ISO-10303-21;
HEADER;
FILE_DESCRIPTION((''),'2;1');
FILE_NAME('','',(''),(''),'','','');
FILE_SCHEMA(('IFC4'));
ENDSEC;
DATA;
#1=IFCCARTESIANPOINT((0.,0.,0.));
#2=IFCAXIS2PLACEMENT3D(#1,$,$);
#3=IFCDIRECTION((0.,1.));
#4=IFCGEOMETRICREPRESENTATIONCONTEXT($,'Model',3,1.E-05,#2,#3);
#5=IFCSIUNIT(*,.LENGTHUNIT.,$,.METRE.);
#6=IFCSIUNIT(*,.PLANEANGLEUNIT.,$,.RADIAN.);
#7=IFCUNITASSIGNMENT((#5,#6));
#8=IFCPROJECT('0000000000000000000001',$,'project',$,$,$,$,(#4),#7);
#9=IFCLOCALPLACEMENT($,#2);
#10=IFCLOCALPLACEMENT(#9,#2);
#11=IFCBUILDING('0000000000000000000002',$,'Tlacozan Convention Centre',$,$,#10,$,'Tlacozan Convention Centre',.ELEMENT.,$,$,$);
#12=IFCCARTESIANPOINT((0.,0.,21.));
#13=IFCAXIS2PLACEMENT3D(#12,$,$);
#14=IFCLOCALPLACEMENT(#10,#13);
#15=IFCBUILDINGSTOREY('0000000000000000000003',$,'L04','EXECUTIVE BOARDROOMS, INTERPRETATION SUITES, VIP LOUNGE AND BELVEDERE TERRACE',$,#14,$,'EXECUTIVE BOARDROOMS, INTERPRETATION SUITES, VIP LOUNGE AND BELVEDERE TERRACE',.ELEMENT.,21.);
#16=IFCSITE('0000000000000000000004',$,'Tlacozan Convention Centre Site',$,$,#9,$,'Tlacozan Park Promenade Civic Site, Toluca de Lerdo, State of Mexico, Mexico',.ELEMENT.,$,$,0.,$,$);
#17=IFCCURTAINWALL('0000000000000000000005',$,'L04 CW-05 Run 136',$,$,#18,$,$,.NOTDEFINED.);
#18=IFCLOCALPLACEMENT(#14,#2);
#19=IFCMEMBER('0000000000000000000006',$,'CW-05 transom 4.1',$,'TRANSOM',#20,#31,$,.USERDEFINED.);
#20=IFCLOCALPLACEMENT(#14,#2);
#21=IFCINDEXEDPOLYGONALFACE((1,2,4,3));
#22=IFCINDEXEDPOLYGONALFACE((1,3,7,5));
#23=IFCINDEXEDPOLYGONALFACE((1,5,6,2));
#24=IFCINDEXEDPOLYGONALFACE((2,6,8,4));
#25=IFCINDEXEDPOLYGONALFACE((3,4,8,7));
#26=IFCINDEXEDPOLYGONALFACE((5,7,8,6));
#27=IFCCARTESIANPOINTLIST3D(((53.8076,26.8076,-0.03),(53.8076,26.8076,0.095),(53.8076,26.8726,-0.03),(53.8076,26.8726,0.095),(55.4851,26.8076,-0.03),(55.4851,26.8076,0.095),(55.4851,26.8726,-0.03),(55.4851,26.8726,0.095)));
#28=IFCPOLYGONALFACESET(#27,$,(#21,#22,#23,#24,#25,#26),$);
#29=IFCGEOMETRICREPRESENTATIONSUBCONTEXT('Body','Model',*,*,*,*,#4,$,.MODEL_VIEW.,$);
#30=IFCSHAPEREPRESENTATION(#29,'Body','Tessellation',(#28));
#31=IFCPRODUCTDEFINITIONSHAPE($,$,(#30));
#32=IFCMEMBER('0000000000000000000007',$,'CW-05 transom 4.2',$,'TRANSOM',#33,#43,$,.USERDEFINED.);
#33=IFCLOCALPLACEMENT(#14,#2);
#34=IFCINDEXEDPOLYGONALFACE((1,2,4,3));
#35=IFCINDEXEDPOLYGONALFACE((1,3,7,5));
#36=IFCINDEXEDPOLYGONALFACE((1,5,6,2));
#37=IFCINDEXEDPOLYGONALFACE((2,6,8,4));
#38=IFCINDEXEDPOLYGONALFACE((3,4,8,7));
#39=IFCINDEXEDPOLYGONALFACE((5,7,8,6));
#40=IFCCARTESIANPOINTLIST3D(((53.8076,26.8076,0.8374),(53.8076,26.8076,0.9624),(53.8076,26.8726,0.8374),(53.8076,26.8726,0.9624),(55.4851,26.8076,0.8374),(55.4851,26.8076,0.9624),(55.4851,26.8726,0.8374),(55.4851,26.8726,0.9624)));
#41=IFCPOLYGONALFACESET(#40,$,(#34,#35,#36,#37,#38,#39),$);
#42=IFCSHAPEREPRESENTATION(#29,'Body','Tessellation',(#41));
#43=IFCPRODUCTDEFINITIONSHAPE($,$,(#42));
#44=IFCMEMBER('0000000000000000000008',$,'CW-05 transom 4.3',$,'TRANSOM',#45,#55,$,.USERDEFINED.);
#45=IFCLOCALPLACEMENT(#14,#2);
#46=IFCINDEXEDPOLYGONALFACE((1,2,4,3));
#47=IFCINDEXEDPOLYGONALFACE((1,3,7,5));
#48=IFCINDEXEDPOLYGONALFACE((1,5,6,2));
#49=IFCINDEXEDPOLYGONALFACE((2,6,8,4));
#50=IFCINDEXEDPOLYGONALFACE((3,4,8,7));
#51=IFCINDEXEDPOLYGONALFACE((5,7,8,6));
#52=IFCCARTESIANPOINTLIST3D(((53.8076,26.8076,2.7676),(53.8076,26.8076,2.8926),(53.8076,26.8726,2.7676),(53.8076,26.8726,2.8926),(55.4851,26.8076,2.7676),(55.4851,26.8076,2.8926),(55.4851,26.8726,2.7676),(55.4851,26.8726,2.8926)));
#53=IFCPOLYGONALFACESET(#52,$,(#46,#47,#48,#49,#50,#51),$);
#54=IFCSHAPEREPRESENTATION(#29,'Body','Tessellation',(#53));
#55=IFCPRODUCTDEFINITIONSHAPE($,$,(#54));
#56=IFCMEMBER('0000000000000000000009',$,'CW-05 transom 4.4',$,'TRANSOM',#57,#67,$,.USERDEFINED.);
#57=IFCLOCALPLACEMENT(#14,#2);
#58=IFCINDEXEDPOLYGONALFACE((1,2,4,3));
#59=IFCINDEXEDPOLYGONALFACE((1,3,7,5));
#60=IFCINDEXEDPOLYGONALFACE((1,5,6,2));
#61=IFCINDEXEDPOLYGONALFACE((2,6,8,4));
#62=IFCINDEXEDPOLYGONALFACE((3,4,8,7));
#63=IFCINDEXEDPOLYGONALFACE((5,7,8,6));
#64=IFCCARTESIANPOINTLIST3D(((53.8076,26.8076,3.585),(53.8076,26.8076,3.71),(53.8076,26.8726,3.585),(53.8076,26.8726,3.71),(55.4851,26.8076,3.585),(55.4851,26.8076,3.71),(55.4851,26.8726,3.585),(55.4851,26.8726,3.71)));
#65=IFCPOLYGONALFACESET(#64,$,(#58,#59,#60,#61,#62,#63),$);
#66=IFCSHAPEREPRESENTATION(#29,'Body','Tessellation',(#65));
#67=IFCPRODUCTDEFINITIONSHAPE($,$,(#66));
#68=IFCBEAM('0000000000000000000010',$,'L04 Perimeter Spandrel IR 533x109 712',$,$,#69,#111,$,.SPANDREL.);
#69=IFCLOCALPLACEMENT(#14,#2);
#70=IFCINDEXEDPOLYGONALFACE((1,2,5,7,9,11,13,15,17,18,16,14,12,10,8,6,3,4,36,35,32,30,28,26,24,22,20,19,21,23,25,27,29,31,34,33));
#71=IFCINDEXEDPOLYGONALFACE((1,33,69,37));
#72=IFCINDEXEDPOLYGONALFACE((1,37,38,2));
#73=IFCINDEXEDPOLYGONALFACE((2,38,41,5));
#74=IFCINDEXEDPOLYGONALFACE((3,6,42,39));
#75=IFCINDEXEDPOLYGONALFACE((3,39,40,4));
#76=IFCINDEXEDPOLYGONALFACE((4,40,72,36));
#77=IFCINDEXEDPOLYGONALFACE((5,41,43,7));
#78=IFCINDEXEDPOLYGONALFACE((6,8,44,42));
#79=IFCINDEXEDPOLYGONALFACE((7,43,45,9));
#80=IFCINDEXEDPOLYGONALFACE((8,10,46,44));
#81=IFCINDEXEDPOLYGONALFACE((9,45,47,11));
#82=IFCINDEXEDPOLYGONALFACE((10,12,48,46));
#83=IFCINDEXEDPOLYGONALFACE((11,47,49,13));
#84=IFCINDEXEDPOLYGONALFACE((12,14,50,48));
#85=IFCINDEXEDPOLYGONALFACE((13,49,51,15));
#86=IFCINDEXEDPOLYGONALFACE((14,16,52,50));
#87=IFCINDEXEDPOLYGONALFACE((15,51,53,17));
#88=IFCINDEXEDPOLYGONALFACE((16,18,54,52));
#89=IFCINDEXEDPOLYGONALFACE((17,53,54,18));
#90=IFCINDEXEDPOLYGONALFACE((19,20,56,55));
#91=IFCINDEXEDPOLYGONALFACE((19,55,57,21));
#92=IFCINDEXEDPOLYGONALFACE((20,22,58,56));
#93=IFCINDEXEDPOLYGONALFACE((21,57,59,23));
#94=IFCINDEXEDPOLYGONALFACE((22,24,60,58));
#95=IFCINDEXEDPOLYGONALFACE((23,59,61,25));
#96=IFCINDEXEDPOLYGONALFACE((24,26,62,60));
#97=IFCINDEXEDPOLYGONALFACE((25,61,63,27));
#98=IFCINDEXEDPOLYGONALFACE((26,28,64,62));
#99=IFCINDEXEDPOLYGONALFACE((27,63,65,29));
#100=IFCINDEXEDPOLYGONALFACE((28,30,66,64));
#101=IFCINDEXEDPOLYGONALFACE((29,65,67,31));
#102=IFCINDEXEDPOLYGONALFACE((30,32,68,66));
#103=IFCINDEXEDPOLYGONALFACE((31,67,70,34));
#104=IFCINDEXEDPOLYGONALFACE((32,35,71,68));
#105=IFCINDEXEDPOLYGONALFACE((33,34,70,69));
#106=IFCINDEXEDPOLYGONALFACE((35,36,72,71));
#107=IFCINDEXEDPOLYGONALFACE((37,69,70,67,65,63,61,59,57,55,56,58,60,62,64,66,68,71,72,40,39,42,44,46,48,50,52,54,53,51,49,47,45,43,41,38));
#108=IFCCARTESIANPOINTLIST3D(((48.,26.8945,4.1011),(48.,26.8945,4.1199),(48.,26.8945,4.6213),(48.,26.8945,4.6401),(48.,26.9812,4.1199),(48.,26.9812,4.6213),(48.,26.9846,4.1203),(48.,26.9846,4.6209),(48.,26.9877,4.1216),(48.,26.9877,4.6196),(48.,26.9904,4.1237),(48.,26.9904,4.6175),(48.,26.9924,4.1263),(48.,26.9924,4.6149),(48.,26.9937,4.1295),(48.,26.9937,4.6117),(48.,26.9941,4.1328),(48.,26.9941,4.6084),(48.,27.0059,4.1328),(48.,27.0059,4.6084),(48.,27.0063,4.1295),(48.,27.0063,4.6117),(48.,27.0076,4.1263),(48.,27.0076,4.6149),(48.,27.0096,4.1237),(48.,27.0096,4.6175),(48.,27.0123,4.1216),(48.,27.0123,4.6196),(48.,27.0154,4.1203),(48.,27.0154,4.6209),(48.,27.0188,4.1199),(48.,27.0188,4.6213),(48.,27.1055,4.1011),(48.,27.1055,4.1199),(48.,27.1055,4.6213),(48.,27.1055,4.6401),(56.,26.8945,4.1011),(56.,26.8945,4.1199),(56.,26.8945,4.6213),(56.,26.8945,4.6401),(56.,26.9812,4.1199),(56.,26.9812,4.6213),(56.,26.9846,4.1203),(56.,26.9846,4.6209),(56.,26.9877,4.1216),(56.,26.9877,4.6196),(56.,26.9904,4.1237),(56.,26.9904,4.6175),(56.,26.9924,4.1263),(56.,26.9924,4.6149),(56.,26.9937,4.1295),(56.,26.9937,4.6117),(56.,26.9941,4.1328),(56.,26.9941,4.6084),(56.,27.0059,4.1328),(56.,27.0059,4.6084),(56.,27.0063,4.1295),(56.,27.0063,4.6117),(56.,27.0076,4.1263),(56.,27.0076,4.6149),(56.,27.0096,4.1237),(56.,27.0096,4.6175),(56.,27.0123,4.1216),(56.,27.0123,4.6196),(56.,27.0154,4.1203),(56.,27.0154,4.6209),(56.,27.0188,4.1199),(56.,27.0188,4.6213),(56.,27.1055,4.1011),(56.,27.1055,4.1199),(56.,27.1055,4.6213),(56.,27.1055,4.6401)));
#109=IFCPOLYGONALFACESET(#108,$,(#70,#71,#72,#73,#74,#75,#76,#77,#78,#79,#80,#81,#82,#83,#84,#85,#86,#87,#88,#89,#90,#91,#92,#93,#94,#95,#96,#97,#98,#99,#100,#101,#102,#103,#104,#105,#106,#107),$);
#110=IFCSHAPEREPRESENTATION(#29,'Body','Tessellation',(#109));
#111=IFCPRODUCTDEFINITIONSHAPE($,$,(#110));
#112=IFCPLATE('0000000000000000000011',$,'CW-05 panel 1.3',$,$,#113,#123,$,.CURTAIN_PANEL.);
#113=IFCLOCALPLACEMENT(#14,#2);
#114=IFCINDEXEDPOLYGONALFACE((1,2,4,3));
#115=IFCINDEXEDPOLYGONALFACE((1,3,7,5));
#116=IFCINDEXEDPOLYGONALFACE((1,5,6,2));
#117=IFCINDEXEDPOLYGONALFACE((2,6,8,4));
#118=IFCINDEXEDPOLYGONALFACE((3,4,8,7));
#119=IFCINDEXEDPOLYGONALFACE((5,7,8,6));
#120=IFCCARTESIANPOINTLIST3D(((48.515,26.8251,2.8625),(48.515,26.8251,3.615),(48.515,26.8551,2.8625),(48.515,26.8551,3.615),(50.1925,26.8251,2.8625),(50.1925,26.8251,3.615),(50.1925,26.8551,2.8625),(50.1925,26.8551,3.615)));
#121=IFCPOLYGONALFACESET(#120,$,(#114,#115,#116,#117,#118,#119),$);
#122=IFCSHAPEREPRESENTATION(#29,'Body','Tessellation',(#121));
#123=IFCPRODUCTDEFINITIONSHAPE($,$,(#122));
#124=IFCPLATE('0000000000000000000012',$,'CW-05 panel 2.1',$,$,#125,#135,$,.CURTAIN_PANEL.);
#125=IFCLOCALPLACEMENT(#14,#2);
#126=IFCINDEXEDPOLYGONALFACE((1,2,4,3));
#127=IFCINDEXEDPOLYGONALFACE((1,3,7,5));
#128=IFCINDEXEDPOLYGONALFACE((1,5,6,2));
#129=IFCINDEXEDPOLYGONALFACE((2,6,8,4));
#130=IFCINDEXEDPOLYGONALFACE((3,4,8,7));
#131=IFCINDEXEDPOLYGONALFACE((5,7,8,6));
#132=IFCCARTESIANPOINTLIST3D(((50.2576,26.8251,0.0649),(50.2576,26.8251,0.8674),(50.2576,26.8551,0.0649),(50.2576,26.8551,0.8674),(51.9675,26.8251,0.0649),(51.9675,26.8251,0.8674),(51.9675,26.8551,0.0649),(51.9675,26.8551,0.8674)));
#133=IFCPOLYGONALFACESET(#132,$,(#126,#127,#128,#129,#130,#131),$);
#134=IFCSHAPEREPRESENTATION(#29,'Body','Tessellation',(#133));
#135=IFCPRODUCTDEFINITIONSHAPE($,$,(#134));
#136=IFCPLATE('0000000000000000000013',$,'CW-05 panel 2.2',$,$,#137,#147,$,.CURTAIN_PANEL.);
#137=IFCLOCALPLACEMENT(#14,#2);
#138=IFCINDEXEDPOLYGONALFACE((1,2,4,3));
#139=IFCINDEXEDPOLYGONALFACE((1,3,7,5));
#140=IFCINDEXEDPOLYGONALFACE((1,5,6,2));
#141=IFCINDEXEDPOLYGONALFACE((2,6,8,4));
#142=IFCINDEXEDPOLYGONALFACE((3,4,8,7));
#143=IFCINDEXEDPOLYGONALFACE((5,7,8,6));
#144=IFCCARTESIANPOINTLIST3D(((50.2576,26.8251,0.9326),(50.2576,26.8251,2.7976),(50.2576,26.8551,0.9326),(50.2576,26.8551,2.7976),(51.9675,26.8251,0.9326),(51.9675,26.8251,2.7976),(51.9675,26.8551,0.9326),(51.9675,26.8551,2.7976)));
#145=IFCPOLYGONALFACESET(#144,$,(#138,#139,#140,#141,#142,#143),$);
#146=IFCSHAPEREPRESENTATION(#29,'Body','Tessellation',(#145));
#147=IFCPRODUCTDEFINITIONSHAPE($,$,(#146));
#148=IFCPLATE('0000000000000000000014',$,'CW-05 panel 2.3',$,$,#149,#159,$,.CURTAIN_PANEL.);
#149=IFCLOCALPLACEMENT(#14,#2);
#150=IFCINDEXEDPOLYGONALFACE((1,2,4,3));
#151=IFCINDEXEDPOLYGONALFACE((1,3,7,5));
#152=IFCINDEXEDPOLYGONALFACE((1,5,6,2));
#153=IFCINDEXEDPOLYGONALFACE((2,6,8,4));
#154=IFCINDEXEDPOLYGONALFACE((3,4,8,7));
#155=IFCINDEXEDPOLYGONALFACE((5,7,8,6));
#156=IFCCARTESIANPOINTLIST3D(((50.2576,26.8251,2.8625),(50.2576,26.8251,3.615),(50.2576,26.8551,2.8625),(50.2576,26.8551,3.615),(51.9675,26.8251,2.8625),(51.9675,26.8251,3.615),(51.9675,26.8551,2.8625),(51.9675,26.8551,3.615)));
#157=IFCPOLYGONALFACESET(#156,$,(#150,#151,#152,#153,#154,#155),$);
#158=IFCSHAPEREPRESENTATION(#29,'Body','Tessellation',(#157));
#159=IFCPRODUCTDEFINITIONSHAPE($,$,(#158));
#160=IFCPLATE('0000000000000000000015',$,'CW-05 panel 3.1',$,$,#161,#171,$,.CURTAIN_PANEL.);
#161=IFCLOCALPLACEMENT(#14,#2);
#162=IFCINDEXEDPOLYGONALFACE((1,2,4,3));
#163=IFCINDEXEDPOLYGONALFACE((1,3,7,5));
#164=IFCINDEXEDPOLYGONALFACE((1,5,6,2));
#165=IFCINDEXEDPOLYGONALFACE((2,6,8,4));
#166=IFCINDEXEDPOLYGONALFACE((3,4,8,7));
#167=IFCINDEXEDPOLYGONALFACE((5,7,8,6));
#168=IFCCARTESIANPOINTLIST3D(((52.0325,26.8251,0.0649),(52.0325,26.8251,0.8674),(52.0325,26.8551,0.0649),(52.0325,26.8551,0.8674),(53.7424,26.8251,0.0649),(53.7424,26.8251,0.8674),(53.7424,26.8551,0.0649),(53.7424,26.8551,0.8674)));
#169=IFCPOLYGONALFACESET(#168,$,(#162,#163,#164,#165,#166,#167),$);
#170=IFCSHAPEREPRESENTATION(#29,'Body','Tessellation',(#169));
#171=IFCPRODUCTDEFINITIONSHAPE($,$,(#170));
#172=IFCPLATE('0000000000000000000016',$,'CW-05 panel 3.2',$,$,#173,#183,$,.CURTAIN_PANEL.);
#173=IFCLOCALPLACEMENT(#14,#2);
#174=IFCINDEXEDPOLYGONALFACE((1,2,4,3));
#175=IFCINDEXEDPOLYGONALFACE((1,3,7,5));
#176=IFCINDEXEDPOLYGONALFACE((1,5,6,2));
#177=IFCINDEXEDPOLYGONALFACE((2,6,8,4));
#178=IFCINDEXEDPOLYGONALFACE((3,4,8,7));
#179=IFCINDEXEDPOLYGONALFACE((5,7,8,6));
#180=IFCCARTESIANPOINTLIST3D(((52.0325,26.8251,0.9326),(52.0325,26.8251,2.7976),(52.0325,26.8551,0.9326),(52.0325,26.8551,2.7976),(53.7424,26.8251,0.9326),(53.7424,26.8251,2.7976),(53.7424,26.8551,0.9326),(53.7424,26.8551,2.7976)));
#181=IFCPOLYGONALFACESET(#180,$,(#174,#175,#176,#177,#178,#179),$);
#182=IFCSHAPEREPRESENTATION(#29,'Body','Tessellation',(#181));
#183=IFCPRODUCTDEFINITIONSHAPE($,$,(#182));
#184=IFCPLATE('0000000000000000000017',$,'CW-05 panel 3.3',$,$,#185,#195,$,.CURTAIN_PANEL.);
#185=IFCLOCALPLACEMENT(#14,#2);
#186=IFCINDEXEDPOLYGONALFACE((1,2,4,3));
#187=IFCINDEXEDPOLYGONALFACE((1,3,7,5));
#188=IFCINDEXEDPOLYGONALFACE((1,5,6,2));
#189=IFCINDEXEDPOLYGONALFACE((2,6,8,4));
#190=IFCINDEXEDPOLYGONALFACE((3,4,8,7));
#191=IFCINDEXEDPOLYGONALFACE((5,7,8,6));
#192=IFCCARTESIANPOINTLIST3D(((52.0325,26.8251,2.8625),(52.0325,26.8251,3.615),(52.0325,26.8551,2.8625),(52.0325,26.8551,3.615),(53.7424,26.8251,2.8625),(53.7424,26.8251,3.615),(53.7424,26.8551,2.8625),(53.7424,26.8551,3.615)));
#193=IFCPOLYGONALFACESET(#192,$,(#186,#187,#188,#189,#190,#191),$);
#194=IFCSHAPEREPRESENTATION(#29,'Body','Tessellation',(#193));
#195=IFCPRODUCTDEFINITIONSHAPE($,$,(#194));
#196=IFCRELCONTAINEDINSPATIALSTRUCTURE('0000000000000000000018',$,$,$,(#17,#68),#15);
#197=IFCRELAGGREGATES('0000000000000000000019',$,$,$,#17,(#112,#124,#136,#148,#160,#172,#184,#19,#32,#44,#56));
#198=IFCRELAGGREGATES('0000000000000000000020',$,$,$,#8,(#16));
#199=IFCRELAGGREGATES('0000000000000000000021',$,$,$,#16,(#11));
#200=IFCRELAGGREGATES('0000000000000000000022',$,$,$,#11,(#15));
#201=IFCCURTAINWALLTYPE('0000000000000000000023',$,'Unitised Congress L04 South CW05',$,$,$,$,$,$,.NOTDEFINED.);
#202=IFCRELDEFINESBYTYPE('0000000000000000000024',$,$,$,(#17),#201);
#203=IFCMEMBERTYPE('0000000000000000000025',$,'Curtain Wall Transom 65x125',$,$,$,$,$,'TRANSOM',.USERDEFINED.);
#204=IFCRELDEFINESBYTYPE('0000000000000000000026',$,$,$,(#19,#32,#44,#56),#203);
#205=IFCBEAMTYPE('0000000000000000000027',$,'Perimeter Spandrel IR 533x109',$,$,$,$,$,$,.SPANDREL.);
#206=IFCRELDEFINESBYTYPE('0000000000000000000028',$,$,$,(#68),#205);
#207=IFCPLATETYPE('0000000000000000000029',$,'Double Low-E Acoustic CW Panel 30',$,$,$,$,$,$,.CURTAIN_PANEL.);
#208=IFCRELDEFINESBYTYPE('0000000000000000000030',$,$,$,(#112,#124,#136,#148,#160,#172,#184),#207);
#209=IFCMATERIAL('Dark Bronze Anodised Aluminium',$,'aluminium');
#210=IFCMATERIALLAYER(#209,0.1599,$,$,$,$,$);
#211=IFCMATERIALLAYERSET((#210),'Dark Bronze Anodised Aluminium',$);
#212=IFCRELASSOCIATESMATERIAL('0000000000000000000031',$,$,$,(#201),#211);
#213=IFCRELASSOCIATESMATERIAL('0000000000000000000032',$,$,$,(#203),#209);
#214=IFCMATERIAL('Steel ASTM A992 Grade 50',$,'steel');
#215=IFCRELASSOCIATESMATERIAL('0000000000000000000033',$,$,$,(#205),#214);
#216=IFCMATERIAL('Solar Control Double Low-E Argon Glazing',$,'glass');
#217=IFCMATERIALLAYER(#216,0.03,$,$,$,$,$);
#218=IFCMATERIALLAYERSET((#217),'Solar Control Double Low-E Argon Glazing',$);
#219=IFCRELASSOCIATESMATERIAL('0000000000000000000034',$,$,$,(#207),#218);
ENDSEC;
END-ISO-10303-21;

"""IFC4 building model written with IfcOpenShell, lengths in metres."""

from ifc_helpers import new_model, si_unit, direction, frame, origin, origin_2d, place, context, subcontext, project, spatial, rectangle, i_section, extrude, material, layer, layer_set, material_profile, profile_set, type_object, element, aggregate, save


model = new_model("IFC4")

# Units and contexts
model_context = context("Model", 3, precision=1e-05, world=origin(), true_north=direction((0.0, 1.0)))
body_context = subcontext(model_context, "Body", "Model", "MODEL_VIEW")
ifc_project = project(units=[si_unit("LENGTHUNIT", "METRE"), si_unit("PLANEANGLEUNIT", "RADIAN")], contexts=[model_context])

# Site, building, storey
site_placement = place(None, origin())
site = spatial("IfcSite", under=ifc_project, at=site_placement, Name="Tlacozan Convention Centre Site", LongName="Tlacozan Park Promenade Civic Site, Toluca de Lerdo, State of Mexico, Mexico", CompositionType="ELEMENT", RefElevation=0.0)
building_placement = place(site_placement, origin())
building = spatial("IfcBuilding", under=site, at=building_placement, Name="Tlacozan Convention Centre", LongName="Tlacozan Convention Centre", CompositionType="ELEMENT")
storey_placement = place(building_placement, frame((0.0, 0.0, 21.0)))
storey = spatial("IfcBuildingStorey", under=building, at=storey_placement, Name="L04", Description="EXECUTIVE BOARDROOMS, INTERPRETATION SUITES, VIP LOUNGE AND BELVEDERE TERRACE", LongName="EXECUTIVE BOARDROOMS, INTERPRETATION SUITES, VIP LOUNGE AND BELVEDERE TERRACE", CompositionType="ELEMENT", Elevation=21.0)

# Curtain wall, members
ifc_material_1 = material(Name="Dark Bronze Anodised Aluminium", Category="aluminium")
ifc_layer_1 = layer(ifc_material_1, 0.1599)
ifc_layer_set_1 = layer_set([ifc_layer_1], Name="Dark Bronze Anodised Aluminium")
curtain_wall_type = type_object("IfcCurtainWallType", Name="Unitised Congress L04 South CW05", PredefinedType="NOTDEFINED", material=ifc_layer_set_1)
curtain_wall_placement = place(storey_placement, origin())
curtain_wall = element("IfcCurtainWall", 1, at=curtain_wall_placement, inside=storey, type_object=curtain_wall_type, Name="L04 CW-05 Run 136", PredefinedType="NOTDEFINED")
ifc_material_profile_1 = material_profile(ifc_material_1, rectangle(XDim=0.0649, YDim=0.125, at=origin_2d()), Name="ALU 65x125")
ifc_profile_set_1 = profile_set([ifc_material_profile_1], Name="Dark Bronze Anodised Aluminium")
member_type_1 = type_object("IfcMemberType", Name="Curtain Wall Transom 65x125", ElementType="TRANSOM", PredefinedType="USERDEFINED", material=ifc_profile_set_1)
member_1_placement = place(storey_placement, frame((53.8076, 26.8401, 0.0325), z_axis=(1.0, 0.0, 0.0), x_axis=(0.0, 1.0, 0.0)))
member_1 = element("IfcMember", 2, at=member_1_placement, type_object=member_type_1, Name="CW-05 transom 4.1", ObjectType="TRANSOM", PredefinedType="USERDEFINED", context=body_context, shape_type="SweptSolid", body=[
    extrude(rectangle(XDim=0.0649, YDim=0.125, at=origin_2d()), origin(), (0.0, 0.0, 1.0), 1.6775),
])
member_2_placement = place(storey_placement, frame((53.8076, 26.8401, 0.8999), z_axis=(1.0, 0.0, 0.0), x_axis=(0.0, 1.0, 0.0)))
member_2 = element("IfcMember", 3, at=member_2_placement, type_object=member_type_1, Name="CW-05 transom 4.2", ObjectType="TRANSOM", PredefinedType="USERDEFINED", context=body_context, shape_type="SweptSolid", body=[
    extrude(rectangle(XDim=0.0649, YDim=0.125, at=origin_2d()), origin(), (0.0, 0.0, 1.0), 1.6775),
])
member_3_placement = place(storey_placement, frame((53.8076, 26.8401, 2.8301), z_axis=(1.0, 0.0, 0.0), x_axis=(0.0, 1.0, 0.0)))
member_3 = element("IfcMember", 4, at=member_3_placement, type_object=member_type_1, Name="CW-05 transom 4.3", ObjectType="TRANSOM", PredefinedType="USERDEFINED", context=body_context, shape_type="SweptSolid", body=[
    extrude(rectangle(XDim=0.0649, YDim=0.125, at=origin_2d()), origin(), (0.0, 0.0, 1.0), 1.6775),
])
member_4_placement = place(storey_placement, frame((53.8076, 26.8401, 3.6475), z_axis=(1.0, 0.0, 0.0), x_axis=(0.0, 1.0, 0.0)))
member_4 = element("IfcMember", 5, at=member_4_placement, type_object=member_type_1, Name="CW-05 transom 4.4", ObjectType="TRANSOM", PredefinedType="USERDEFINED", context=body_context, shape_type="SweptSolid", body=[
    extrude(rectangle(XDim=0.0649, YDim=0.125, at=origin_2d()), origin(), (0.0, 0.0, 1.0), 1.6775),
])

# Beam
ifc_material_2 = material(Name="Steel ASTM A992 Grade 50", Category="steel")
ifc_material_profile_2 = material_profile(ifc_material_2, i_section(OverallWidth=0.2109, OverallDepth=0.5391, WebThickness=0.0117, FlangeThickness=0.0188, FilletRadius=0.0129, at=origin_2d()), Name="IR 533x109.0")
ifc_profile_set_2 = profile_set([ifc_material_profile_2], Name="Steel ASTM A992 Grade 50")
beam_type = type_object("IfcBeamType", Name="Perimeter Spandrel IR 533x109", PredefinedType="SPANDREL", material=ifc_profile_set_2)
beam_placement = place(storey_placement, frame((48.0, 27.0, 4.3706), z_axis=(1.0, 0.0, 0.0), x_axis=(0.0, 1.0, 0.0)))
element("IfcBeam", 6, at=beam_placement, inside=storey, type_object=beam_type, Name="L04 Perimeter Spandrel IR 533x109 712", PredefinedType="SPANDREL", context=body_context, shape_type="SweptSolid", body=[
    extrude(i_section(OverallWidth=0.2109, OverallDepth=0.5391, WebThickness=0.0117, FlangeThickness=0.0188, FilletRadius=0.0129, at=origin_2d()), origin(), (0.0, 0.0, 1.0), 8.0),
])

# Plates
ifc_material_3 = material(Name="Solar Control Double Low-E Argon Glazing", Category="glass")
ifc_layer_2 = layer(ifc_material_3, 0.03)
ifc_layer_set_2 = layer_set([ifc_layer_2], Name="Solar Control Double Low-E Argon Glazing")
plate_type = type_object("IfcPlateType", Name="Double Low-E Acoustic CW Panel 30", PredefinedType="CURTAIN_PANEL", material=ifc_layer_set_2)
plate_1_placement = place(storey_placement, frame((49.3538, 26.8401, 2.8625), z_axis=(0.0, 0.0, 1.0), x_axis=(1.0, 0.0, 0.0)))
plate_1 = element("IfcPlate", 7, at=plate_1_placement, type_object=plate_type, Name="CW-05 panel 1.3", PredefinedType="CURTAIN_PANEL", context=body_context, shape_type="SweptSolid", body=[
    extrude(rectangle(XDim=1.6775, YDim=0.03, at=origin_2d()), origin(), (0.0, 0.0, 1.0), 0.7524),
])
plate_2_placement = place(storey_placement, frame((51.1125, 26.8401, 0.0649), z_axis=(0.0, 0.0, 1.0), x_axis=(1.0, 0.0, 0.0)))
plate_2 = element("IfcPlate", 8, at=plate_2_placement, type_object=plate_type, Name="CW-05 panel 2.1", PredefinedType="CURTAIN_PANEL", context=body_context, shape_type="SweptSolid", body=[
    extrude(rectangle(XDim=1.71, YDim=0.03, at=origin_2d()), origin(), (0.0, 0.0, 1.0), 0.8025),
])
plate_3_placement = place(storey_placement, frame((51.1125, 26.8401, 0.9326), z_axis=(0.0, 0.0, 1.0), x_axis=(1.0, 0.0, 0.0)))
plate_3 = element("IfcPlate", 9, at=plate_3_placement, type_object=plate_type, Name="CW-05 panel 2.2", PredefinedType="CURTAIN_PANEL", context=body_context, shape_type="SweptSolid", body=[
    extrude(rectangle(XDim=1.71, YDim=0.03, at=origin_2d()), origin(), (0.0, 0.0, 1.0), 1.865),
])
plate_4_placement = place(storey_placement, frame((51.1125, 26.8401, 2.8625), z_axis=(0.0, 0.0, 1.0), x_axis=(1.0, 0.0, 0.0)))
plate_4 = element("IfcPlate", 10, at=plate_4_placement, type_object=plate_type, Name="CW-05 panel 2.3", PredefinedType="CURTAIN_PANEL", context=body_context, shape_type="SweptSolid", body=[
    extrude(rectangle(XDim=1.71, YDim=0.03, at=origin_2d()), origin(), (0.0, 0.0, 1.0), 0.7524),
])
plate_5_placement = place(storey_placement, frame((52.8875, 26.8401, 0.0649), z_axis=(0.0, 0.0, 1.0), x_axis=(1.0, 0.0, 0.0)))
plate_5 = element("IfcPlate", 11, at=plate_5_placement, type_object=plate_type, Name="CW-05 panel 3.1", PredefinedType="CURTAIN_PANEL", context=body_context, shape_type="SweptSolid", body=[
    extrude(rectangle(XDim=1.71, YDim=0.03, at=origin_2d()), origin(), (0.0, 0.0, 1.0), 0.8025),
])
plate_6_placement = place(storey_placement, frame((52.8875, 26.8401, 0.9326), z_axis=(0.0, 0.0, 1.0), x_axis=(1.0, 0.0, 0.0)))
plate_6 = element("IfcPlate", 12, at=plate_6_placement, type_object=plate_type, Name="CW-05 panel 3.2", PredefinedType="CURTAIN_PANEL", context=body_context, shape_type="SweptSolid", body=[
    extrude(rectangle(XDim=1.71, YDim=0.03, at=origin_2d()), origin(), (0.0, 0.0, 1.0), 1.865),
])
plate_7_placement = place(storey_placement, frame((52.8875, 26.8401, 2.8625), z_axis=(0.0, 0.0, 1.0), x_axis=(1.0, 0.0, 0.0)))
plate_7 = element("IfcPlate", 13, at=plate_7_placement, type_object=plate_type, Name="CW-05 panel 3.3", PredefinedType="CURTAIN_PANEL", context=body_context, shape_type="SweptSolid", body=[
    extrude(rectangle(XDim=1.71, YDim=0.03, at=origin_2d()), origin(), (0.0, 0.0, 1.0), 0.7524),
])
aggregate(curtain_wall, [plate_1, plate_2, plate_3, plate_4, plate_5, plate_6, plate_7, member_1, member_2, member_3, member_4])

save(model, "model.ifc")
